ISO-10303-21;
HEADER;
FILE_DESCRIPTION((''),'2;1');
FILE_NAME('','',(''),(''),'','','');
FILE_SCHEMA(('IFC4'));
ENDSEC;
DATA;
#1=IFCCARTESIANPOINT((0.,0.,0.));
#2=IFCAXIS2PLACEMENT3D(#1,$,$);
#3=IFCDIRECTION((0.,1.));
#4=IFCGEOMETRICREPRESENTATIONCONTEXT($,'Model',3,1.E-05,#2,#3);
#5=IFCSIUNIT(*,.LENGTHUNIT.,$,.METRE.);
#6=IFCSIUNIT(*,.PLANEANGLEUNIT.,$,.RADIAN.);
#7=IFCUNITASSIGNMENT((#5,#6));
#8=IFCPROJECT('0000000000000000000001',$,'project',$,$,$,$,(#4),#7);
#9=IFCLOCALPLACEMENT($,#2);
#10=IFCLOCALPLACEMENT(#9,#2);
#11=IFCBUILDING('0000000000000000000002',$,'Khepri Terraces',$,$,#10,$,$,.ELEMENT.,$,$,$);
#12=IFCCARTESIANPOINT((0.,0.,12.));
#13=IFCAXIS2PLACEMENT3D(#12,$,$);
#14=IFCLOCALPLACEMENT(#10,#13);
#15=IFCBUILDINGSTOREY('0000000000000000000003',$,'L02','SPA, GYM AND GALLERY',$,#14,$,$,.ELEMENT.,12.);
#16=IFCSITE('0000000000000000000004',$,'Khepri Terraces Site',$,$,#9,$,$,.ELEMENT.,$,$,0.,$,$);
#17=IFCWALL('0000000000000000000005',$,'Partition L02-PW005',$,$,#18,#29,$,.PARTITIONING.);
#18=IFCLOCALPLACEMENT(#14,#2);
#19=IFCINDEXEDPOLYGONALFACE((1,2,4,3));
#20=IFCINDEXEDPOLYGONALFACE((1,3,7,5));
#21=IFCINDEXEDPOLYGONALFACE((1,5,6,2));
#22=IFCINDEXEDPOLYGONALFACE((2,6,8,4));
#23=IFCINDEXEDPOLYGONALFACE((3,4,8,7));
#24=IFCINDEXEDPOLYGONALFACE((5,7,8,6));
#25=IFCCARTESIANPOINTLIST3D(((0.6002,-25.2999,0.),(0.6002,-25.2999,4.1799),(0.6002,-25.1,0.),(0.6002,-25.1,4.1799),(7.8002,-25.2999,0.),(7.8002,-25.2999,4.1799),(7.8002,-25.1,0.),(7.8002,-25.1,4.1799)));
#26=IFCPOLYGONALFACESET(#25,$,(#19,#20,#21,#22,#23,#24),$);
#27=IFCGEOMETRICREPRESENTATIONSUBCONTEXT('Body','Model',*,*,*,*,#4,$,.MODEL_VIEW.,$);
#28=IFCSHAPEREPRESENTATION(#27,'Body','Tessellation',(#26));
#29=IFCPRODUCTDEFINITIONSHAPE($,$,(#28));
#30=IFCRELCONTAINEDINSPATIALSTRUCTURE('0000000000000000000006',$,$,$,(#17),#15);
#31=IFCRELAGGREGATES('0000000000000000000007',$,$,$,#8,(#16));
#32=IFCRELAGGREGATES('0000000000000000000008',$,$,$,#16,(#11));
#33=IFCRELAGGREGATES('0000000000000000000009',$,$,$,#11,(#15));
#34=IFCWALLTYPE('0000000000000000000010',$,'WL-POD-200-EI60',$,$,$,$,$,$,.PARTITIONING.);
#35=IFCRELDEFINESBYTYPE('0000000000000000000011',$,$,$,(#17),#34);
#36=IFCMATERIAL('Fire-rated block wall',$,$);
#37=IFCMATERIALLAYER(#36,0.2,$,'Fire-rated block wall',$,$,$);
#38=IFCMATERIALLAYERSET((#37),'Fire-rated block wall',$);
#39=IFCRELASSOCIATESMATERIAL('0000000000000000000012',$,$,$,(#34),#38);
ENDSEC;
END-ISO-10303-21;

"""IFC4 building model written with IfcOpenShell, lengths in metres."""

from ifc_helpers import new_model, si_unit, direction, frame, frame_2d, origin, place, context, subcontext, project, spatial, rectangle, extrude, material, layer, layer_set, type_object, element, save


model = new_model("IFC4")

# Units and contexts
model_context = context("Model", 3, precision=1e-05, world=origin(), true_north=direction((0.0, 1.0)))
body_context = subcontext(model_context, "Body", "Model", "MODEL_VIEW")
ifc_project = project(units=[si_unit("LENGTHUNIT", "METRE"), si_unit("PLANEANGLEUNIT", "RADIAN")], contexts=[model_context])

# Site, building, storey
site_placement = place(None, origin())
site = spatial("IfcSite", under=ifc_project, at=site_placement, Name="Khepri Terraces Site", CompositionType="ELEMENT", RefElevation=0.0)
building_placement = place(site_placement, origin())
building = spatial("IfcBuilding", under=site, at=building_placement, Name="Khepri Terraces", CompositionType="ELEMENT")
storey_placement = place(building_placement, frame((0.0, 0.0, 12.0)))
storey = spatial("IfcBuildingStorey", under=building, at=storey_placement, Name="L02", Description="SPA, GYM AND GALLERY", CompositionType="ELEMENT", Elevation=12.0)

# Wall
ifc_material_1 = material(Name="Fire-rated block wall")
ifc_layer_1 = layer(ifc_material_1, 0.2, Name="Fire-rated block wall")
ifc_layer_set_1 = layer_set([ifc_layer_1], Name="Fire-rated block wall")
wall_type_1 = type_object("IfcWallType", Name="WL-POD-200-EI60", PredefinedType="PARTITIONING", material=ifc_layer_set_1)
wall_1_placement = place(storey_placement, frame((0.6001, -25.2, 0.0), z_axis=(0.0, 0.0, 1.0), x_axis=(1.0, 0.0, 0.0)))
element("IfcWall", 1, at=wall_1_placement, inside=storey, type_object=wall_type_1, Name="Partition L02-PW005", PredefinedType="PARTITIONING", context=body_context, shape_type="SweptSolid", body=[
    extrude(rectangle(XDim=7.2, YDim=0.2, at=frame_2d((3.6001, 0.0))), origin(), (0.0, 0.0, 1.0), 4.1799),
])

save(model, "model.ifc")
